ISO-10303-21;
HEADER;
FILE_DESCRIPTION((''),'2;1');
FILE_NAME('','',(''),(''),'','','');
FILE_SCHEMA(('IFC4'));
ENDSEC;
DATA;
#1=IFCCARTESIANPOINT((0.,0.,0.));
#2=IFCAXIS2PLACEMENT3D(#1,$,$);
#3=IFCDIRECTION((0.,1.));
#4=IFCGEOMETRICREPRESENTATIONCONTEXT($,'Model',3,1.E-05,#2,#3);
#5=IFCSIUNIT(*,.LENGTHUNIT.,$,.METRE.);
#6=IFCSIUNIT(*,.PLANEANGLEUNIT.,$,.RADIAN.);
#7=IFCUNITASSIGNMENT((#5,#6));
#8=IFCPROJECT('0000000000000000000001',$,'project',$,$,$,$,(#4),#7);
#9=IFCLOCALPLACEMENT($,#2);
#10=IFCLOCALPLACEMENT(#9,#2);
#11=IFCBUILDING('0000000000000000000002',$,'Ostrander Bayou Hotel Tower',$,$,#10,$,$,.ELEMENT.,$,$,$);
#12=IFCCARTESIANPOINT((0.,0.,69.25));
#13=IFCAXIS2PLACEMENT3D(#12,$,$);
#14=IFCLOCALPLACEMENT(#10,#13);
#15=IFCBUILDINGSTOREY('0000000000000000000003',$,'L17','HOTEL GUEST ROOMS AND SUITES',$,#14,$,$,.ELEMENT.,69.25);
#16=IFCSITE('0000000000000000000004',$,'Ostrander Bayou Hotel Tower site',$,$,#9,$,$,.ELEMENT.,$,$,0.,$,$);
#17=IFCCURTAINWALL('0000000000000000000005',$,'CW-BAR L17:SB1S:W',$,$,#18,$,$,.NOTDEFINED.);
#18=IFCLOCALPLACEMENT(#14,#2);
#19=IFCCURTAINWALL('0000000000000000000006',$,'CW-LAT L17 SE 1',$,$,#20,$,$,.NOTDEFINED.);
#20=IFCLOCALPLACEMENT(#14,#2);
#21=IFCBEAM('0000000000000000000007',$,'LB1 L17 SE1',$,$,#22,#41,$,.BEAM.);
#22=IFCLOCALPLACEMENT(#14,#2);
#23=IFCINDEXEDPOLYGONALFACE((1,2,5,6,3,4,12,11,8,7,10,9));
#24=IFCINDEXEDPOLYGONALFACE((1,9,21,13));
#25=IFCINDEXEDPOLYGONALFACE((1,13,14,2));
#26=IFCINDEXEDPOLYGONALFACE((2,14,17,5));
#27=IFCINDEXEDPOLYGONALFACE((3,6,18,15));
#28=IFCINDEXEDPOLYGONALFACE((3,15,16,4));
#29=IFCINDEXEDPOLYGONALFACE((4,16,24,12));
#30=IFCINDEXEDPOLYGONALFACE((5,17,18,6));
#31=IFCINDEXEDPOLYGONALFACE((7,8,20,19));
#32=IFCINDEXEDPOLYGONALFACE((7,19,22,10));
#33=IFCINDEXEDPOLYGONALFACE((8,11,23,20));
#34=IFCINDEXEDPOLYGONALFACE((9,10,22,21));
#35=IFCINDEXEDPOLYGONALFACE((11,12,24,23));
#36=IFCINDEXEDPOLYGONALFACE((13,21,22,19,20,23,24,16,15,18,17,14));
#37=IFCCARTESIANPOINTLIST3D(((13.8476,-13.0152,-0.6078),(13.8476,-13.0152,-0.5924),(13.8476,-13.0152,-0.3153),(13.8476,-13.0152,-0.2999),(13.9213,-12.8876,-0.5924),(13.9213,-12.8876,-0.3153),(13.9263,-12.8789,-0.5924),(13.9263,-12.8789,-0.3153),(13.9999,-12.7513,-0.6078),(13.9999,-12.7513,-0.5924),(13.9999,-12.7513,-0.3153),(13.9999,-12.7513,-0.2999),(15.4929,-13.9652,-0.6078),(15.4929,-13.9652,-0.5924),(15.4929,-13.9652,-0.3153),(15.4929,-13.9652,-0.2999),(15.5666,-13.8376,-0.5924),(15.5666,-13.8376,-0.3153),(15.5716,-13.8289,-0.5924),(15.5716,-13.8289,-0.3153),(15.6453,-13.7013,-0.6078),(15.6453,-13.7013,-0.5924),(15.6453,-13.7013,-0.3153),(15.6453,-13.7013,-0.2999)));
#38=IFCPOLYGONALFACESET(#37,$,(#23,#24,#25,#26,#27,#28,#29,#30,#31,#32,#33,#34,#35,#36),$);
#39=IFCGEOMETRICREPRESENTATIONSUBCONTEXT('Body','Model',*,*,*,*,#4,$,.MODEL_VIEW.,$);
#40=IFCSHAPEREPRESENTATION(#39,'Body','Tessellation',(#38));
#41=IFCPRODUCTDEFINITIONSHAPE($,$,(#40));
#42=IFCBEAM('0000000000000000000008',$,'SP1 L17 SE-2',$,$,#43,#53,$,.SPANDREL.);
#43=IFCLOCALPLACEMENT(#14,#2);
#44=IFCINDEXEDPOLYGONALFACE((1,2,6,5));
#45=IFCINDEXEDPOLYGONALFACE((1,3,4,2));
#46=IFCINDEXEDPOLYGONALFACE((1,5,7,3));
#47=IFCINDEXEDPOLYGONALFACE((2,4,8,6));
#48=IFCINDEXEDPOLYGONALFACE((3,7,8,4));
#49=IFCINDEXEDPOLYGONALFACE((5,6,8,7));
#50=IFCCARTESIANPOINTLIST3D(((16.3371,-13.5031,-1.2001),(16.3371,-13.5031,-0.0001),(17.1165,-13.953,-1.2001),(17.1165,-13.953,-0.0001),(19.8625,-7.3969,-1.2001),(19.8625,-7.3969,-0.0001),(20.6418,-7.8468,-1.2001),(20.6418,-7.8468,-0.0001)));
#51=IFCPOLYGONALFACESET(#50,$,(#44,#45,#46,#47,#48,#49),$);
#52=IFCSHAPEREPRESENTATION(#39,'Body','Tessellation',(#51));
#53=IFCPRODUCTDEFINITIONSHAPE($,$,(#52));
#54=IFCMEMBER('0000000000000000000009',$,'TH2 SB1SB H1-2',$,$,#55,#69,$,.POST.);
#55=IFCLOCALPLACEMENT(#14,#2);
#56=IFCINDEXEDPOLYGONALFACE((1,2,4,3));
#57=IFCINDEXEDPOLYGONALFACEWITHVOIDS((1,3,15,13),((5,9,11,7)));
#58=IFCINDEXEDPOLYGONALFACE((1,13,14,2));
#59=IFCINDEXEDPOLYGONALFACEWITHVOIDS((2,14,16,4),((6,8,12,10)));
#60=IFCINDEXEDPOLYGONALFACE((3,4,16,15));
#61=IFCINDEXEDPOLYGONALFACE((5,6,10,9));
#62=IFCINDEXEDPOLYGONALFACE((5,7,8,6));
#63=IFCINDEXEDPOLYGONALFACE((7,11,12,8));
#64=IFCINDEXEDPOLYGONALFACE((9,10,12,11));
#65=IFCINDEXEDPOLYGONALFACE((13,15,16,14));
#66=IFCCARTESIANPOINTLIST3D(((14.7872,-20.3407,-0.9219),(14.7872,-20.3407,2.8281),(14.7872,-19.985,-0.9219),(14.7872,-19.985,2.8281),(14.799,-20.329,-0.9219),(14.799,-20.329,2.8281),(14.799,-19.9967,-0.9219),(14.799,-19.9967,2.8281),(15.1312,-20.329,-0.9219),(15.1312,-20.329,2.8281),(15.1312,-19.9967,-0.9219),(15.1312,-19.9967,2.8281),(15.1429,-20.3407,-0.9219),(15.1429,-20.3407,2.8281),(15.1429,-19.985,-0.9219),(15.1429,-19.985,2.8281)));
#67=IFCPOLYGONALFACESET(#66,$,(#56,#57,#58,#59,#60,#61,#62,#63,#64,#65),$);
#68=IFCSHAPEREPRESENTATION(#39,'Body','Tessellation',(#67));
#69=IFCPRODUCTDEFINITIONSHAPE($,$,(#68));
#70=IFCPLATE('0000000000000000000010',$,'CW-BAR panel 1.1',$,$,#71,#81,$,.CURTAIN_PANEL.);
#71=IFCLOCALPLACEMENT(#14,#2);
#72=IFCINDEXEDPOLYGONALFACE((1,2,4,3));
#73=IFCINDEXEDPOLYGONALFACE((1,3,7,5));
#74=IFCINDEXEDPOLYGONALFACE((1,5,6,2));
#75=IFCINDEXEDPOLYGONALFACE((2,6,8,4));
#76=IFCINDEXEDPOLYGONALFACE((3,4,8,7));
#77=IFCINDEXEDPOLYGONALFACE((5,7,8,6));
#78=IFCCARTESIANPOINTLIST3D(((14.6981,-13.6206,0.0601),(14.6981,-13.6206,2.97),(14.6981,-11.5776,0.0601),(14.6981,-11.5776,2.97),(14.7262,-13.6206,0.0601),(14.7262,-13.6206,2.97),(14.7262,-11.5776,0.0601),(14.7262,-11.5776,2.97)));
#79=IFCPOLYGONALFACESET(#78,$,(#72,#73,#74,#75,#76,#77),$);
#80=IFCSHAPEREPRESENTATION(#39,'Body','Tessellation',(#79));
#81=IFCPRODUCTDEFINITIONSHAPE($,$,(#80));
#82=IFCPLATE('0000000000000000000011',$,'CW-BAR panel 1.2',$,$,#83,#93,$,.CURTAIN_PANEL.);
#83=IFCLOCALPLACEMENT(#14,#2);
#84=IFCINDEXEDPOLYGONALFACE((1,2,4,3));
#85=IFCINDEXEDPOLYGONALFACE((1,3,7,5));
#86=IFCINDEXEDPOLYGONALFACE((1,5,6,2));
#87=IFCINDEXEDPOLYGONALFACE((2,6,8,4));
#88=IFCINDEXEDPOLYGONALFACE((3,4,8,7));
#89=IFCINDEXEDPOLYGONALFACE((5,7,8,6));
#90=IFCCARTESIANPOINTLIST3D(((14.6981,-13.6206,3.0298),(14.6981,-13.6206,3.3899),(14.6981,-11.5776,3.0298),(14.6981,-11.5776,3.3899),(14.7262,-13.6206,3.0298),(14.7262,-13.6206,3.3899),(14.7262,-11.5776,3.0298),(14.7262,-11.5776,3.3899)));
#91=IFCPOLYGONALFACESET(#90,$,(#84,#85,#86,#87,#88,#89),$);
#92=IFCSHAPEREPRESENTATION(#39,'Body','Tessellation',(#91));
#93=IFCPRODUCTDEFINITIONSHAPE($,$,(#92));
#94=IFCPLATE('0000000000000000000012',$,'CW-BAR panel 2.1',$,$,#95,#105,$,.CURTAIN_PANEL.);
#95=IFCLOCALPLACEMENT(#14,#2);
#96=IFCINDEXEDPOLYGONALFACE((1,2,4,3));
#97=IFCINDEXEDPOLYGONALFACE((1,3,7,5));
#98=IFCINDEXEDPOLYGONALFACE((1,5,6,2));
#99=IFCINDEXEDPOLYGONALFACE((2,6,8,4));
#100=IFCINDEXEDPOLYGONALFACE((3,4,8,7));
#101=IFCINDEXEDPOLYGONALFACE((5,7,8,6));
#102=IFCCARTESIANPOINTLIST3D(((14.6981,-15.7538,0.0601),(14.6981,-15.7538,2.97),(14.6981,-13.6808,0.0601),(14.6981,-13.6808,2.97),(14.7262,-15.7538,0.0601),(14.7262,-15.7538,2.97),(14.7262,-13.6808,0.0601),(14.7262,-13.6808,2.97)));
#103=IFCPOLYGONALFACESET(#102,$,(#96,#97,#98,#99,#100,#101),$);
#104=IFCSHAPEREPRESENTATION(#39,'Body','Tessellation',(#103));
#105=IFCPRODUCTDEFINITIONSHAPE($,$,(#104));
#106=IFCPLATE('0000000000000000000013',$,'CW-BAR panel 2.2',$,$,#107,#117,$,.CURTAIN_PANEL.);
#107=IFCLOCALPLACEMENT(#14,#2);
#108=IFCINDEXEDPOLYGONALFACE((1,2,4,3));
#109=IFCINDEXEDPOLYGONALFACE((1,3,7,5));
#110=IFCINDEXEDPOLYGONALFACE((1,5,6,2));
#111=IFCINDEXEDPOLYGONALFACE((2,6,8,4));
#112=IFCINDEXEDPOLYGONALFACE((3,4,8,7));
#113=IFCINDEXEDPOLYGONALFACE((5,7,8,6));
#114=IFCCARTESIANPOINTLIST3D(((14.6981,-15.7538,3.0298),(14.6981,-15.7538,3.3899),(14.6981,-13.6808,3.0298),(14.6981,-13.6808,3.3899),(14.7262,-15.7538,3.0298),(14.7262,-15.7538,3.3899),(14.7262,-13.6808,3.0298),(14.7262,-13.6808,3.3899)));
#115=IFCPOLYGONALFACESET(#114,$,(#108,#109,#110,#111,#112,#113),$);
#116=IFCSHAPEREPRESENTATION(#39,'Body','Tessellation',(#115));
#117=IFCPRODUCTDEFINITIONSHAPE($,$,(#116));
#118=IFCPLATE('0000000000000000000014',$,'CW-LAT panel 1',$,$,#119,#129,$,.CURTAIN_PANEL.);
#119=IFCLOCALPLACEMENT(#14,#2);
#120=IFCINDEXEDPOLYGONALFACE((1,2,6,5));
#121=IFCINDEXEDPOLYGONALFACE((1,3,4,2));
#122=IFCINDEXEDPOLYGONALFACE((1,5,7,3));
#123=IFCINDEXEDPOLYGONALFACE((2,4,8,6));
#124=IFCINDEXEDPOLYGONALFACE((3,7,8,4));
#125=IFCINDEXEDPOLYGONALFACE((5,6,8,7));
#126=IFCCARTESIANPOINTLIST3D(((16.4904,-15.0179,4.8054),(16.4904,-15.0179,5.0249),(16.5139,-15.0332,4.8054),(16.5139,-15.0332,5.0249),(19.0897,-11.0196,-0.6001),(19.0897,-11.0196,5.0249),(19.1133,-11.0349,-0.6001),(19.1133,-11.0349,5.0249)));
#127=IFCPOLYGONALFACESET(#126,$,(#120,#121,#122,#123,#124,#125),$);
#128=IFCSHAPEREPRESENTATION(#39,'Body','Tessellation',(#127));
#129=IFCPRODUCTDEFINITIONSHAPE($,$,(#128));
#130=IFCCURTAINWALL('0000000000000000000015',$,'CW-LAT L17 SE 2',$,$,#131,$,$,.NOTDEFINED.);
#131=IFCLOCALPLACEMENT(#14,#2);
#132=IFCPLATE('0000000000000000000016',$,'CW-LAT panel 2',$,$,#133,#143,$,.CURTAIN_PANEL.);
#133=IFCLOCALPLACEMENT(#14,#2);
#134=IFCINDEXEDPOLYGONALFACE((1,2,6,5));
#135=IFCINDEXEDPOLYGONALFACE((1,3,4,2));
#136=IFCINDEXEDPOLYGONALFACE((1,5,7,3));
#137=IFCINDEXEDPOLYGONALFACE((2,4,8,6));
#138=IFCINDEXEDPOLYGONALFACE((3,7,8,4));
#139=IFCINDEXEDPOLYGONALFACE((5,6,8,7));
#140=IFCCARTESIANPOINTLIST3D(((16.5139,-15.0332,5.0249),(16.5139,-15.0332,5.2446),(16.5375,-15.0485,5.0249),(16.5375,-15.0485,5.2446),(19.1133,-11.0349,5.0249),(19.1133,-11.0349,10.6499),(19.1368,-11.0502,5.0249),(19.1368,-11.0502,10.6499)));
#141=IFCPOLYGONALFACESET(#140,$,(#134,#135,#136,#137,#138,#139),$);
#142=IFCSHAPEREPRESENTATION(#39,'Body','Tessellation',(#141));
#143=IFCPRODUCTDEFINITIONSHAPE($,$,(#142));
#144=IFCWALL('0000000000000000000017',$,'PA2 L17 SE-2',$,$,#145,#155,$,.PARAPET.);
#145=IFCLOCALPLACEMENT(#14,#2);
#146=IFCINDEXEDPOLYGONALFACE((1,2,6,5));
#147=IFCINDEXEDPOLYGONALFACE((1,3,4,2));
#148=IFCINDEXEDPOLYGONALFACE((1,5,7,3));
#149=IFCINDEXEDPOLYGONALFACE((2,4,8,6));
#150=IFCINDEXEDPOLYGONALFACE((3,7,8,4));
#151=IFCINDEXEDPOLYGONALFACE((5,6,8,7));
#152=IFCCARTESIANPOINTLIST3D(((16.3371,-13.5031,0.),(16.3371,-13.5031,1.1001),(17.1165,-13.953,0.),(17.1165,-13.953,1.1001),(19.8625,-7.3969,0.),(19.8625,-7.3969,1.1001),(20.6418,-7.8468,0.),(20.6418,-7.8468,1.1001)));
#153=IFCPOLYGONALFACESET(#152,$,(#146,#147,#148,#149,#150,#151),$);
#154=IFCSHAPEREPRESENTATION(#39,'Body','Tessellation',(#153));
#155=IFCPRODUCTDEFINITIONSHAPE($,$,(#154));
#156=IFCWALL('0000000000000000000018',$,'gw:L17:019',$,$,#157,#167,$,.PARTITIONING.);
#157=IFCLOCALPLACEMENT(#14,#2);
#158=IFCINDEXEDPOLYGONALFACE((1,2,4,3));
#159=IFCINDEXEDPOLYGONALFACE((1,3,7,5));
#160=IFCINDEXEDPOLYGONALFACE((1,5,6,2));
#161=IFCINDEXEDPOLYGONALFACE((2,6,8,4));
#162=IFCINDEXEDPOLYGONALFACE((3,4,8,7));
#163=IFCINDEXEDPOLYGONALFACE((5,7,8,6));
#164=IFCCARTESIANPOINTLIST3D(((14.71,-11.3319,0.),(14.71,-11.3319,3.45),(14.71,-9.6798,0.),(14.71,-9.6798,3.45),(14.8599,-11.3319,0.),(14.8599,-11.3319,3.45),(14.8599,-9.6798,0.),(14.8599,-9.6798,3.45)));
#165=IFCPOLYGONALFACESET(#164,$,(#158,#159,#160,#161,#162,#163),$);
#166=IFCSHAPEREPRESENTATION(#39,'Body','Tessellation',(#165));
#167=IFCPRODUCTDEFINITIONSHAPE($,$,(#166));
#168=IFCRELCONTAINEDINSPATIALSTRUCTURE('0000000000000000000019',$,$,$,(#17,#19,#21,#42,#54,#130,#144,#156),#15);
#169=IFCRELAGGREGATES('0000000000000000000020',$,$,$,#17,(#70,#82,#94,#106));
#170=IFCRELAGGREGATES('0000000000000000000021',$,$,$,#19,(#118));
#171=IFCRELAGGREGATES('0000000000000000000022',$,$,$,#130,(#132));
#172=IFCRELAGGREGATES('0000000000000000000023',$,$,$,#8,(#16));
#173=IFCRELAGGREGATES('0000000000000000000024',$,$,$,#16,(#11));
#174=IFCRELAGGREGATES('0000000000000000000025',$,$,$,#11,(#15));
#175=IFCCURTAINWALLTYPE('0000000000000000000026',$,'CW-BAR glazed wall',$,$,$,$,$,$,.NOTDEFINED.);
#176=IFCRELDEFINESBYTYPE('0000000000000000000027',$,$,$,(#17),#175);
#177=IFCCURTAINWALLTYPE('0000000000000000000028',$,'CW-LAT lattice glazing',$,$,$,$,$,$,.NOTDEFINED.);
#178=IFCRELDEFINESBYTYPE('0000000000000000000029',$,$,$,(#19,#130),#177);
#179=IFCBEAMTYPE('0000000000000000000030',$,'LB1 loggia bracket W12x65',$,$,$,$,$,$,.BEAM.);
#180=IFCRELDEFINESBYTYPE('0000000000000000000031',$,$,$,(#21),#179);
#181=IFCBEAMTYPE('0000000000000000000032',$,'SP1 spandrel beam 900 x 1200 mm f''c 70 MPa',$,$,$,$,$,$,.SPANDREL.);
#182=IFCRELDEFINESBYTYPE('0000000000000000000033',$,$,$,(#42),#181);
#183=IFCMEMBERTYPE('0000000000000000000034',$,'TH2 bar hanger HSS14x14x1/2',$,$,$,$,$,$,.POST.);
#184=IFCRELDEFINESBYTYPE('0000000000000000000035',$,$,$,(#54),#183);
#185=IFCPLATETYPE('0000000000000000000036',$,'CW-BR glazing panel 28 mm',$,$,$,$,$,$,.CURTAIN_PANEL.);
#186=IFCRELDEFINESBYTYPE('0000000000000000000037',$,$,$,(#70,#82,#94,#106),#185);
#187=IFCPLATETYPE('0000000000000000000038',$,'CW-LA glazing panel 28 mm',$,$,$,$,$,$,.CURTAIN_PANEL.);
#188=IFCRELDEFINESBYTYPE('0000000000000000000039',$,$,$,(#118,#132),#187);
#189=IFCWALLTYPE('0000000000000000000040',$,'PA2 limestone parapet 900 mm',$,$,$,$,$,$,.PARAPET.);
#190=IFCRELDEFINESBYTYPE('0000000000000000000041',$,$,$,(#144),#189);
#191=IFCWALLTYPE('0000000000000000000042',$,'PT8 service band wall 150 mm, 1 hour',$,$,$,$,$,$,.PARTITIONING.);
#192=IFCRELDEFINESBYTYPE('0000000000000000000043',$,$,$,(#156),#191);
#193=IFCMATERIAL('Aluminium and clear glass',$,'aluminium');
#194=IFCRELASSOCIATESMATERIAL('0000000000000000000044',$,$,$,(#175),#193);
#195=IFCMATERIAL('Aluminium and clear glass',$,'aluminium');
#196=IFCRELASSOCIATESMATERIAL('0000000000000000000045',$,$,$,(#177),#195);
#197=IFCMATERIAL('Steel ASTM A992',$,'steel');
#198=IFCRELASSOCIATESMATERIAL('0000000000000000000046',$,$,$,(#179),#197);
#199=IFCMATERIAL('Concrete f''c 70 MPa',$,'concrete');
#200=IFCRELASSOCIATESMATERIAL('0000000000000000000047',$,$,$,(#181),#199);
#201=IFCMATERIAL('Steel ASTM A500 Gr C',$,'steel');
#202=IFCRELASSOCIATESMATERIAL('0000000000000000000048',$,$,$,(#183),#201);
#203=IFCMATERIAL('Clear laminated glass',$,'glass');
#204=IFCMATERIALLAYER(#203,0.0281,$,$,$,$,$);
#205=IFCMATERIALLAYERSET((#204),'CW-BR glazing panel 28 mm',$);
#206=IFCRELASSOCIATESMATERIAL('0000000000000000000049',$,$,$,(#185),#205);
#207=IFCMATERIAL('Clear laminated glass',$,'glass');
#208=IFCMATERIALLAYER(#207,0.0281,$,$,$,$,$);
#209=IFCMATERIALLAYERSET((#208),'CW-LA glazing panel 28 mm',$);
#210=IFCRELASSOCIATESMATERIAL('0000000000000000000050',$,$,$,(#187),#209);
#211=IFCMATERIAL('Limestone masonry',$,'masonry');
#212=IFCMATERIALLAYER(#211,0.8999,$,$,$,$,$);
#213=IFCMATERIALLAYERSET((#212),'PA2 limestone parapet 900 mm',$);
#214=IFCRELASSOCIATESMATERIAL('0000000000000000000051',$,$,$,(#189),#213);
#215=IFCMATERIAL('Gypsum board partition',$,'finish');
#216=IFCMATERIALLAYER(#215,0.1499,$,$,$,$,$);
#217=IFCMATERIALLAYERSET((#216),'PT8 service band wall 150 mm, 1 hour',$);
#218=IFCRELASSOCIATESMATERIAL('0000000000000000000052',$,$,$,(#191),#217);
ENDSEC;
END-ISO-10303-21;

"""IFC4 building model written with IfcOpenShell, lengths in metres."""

from ifc_helpers import new_model, si_unit, direction, frame, frame_2d, origin, origin_2d, place, context, subcontext, project, spatial, polyline, rectangle, hollow_rectangle, i_section, outline, extrude, material, layer, layer_set, material_profile, profile_set, type_object, element, aggregate, save


model = new_model("IFC4")

# Units and contexts
model_context = context("Model", 3, precision=1e-05, world=origin(), true_north=direction((0.0, 1.0)))
body_context = subcontext(model_context, "Body", "Model", "MODEL_VIEW")
ifc_project = project(units=[si_unit("LENGTHUNIT", "METRE"), si_unit("PLANEANGLEUNIT", "RADIAN")], contexts=[model_context])

# Site, building, storey
site_placement = place(None, origin())
site = spatial("IfcSite", under=ifc_project, at=site_placement, Name="Ostrander Bayou Hotel Tower site", CompositionType="ELEMENT", RefElevation=0.0)
building_placement = place(site_placement, origin())
building = spatial("IfcBuilding", under=site, at=building_placement, Name="Ostrander Bayou Hotel Tower", CompositionType="ELEMENT")
storey_placement = place(building_placement, frame((0.0, 0.0, 69.25)))
storey = spatial("IfcBuildingStorey", under=building, at=storey_placement, Name="L17", Description="HOTEL GUEST ROOMS AND SUITES", CompositionType="ELEMENT", Elevation=69.25)

# Curtain wall
ifc_material_1 = material(Name="Aluminium and clear glass", Category="aluminium")
curtain_wall_type_1 = type_object("IfcCurtainWallType", Name="CW-BAR glazed wall", PredefinedType="NOTDEFINED", material=ifc_material_1)
curtain_wall_1_placement = place(storey_placement, origin())
curtain_wall_1 = element("IfcCurtainWall", 1, at=curtain_wall_1_placement, inside=storey, type_object=curtain_wall_type_1, Name="CW-BAR L17:SB1S:W", PredefinedType="NOTDEFINED")

# Curtain wall
ifc_material_2 = material(Name="Aluminium and clear glass", Category="aluminium")
curtain_wall_type_2 = type_object("IfcCurtainWallType", Name="CW-LAT lattice glazing", PredefinedType="NOTDEFINED", material=ifc_material_2)
curtain_wall_2_placement = place(storey_placement, origin())
curtain_wall_2 = element("IfcCurtainWall", 2, at=curtain_wall_2_placement, inside=storey, type_object=curtain_wall_type_2, Name="CW-LAT L17 SE 1", PredefinedType="NOTDEFINED")

# Beams
ifc_material_3 = material(Name="Steel ASTM A992", Category="steel")
ifc_material_profile_1 = material_profile(ifc_material_3, i_section(OverallWidth=0.3047, OverallDepth=0.3079, WebThickness=0.01, FlangeThickness=0.0154, at=origin_2d()))
ifc_profile_set_1 = profile_set([ifc_material_profile_1], Name="Steel ASTM A992")
beam_type_1 = type_object("IfcBeamType", Name="LB1 loggia bracket W12x65", PredefinedType="BEAM", material=ifc_profile_set_1)
beam_1_placement = place(storey_placement, frame((15.5691, -13.8333, -0.4539), z_axis=(-0.866012, 0.500023, 0.0), x_axis=(-0.500023, -0.866012, 0.0)))
element("IfcBeam", 3, at=beam_1_placement, inside=storey, type_object=beam_type_1, Name="LB1 L17 SE1", PredefinedType="BEAM", context=body_context, shape_type="SweptSolid", body=[
    extrude(i_section(OverallWidth=0.3047, OverallDepth=0.3079, WebThickness=0.01, FlangeThickness=0.0154, at=origin_2d()), origin(), (0.0, 0.0, 1.0), 1.8999),
])
ifc_material_4 = material(Name="Concrete f'c 70 MPa", Category="concrete")
ifc_material_profile_2 = material_profile(ifc_material_4, rectangle(XDim=0.8999, YDim=1.2, at=origin_2d()))
ifc_profile_set_2 = profile_set([ifc_material_profile_2], Name="Concrete f'c 70 MPa")
beam_type_2 = type_object("IfcBeamType", Name="SP1 spandrel beam 900 x 1200 mm f'c 70 MPa", PredefinedType="SPANDREL", material=ifc_profile_set_2)
beam_2_placement = place(storey_placement, frame((16.7268, -13.728, -0.6001), z_axis=(0.499997, 0.866027, 0.0), x_axis=(-0.866027, 0.499997, 0.0)))
element("IfcBeam", 4, at=beam_2_placement, inside=storey, type_object=beam_type_2, Name="SP1 L17 SE-2", PredefinedType="SPANDREL", context=body_context, shape_type="SweptSolid", body=[
    extrude(rectangle(XDim=0.8999, YDim=1.2, at=origin_2d()), origin(), (0.0, 0.0, 1.0), 7.0508),
])

# Member
ifc_material_5 = material(Name="Steel ASTM A500 Gr C", Category="steel")
ifc_material_profile_3 = material_profile(ifc_material_5, hollow_rectangle(XDim=0.3557, YDim=0.3557, WallThickness=0.0117, at=origin_2d()))
ifc_profile_set_3 = profile_set([ifc_material_profile_3], Name="Steel ASTM A500 Gr C")
member_type_1 = type_object("IfcMemberType", Name="TH2 bar hanger HSS14x14x1/2", PredefinedType="POST", material=ifc_profile_set_3)
member_1_placement = place(storey_placement, frame((14.9651, -20.1628, -0.9219), z_axis=(0.0, 0.0, 1.0), x_axis=(1.0, 0.0, 0.0)))
element("IfcMember", 5, at=member_1_placement, inside=storey, type_object=member_type_1, Name="TH2 SB1SB H1-2", PredefinedType="POST", context=body_context, shape_type="SweptSolid", body=[
    extrude(hollow_rectangle(XDim=0.3557, YDim=0.3557, WallThickness=0.0117, at=origin_2d()), origin(), (0.0, 0.0, 1.0), 3.75),
])

# Plates
ifc_material_6 = material(Name="Clear laminated glass", Category="glass")
ifc_layer_1 = layer(ifc_material_6, 0.0281)
ifc_layer_set_1 = layer_set([ifc_layer_1], Name="CW-BR glazing panel 28 mm")
plate_type_1 = type_object("IfcPlateType", Name="CW-BR glazing panel 28 mm", PredefinedType="CURTAIN_PANEL", material=ifc_layer_set_1)
plate_1_placement = place(storey_placement, frame((14.7122, -12.5991, 0.0601), z_axis=(0.0, 0.0, 1.0), x_axis=(0.0, -1.0, 0.0)))
plate_1 = element("IfcPlate", 6, at=plate_1_placement, type_object=plate_type_1, Name="CW-BAR panel 1.1", PredefinedType="CURTAIN_PANEL", context=body_context, shape_type="SweptSolid", body=[
    extrude(rectangle(XDim=2.043, YDim=0.0281, at=origin_2d()), origin(), (0.0, 0.0, 1.0), 2.9099),
])
plate_2_placement = place(storey_placement, frame((14.7122, -12.5991, 3.0298), z_axis=(0.0, 0.0, 1.0), x_axis=(0.0, -1.0, 0.0)))
plate_2 = element("IfcPlate", 7, at=plate_2_placement, type_object=plate_type_1, Name="CW-BAR panel 1.2", PredefinedType="CURTAIN_PANEL", context=body_context, shape_type="SweptSolid", body=[
    extrude(rectangle(XDim=2.043, YDim=0.0281, at=origin_2d()), origin(), (0.0, 0.0, 1.0), 0.3601),
])
plate_3_placement = place(storey_placement, frame((14.7122, -14.7173, 0.0601), z_axis=(0.0, 0.0, 1.0), x_axis=(0.0, -1.0, 0.0)))
plate_3 = element("IfcPlate", 8, at=plate_3_placement, type_object=plate_type_1, Name="CW-BAR panel 2.1", PredefinedType="CURTAIN_PANEL", context=body_context, shape_type="SweptSolid", body=[
    extrude(rectangle(XDim=2.073, YDim=0.0281, at=origin_2d()), origin(), (0.0, 0.0, 1.0), 2.9099),
])
plate_4_placement = place(storey_placement, frame((14.7122, -14.7173, 3.0298), z_axis=(0.0, 0.0, 1.0), x_axis=(0.0, -1.0, 0.0)))
plate_4 = element("IfcPlate", 9, at=plate_4_placement, type_object=plate_type_1, Name="CW-BAR panel 2.2", PredefinedType="CURTAIN_PANEL", context=body_context, shape_type="SweptSolid", body=[
    extrude(rectangle(XDim=2.073, YDim=0.0281, at=origin_2d()), origin(), (0.0, 0.0, 1.0), 0.3601),
])
aggregate(curtain_wall_1, [plate_1, plate_2, plate_3, plate_4])
ifc_material_7 = material(Name="Clear laminated glass", Category="glass")
ifc_layer_2 = layer(ifc_material_7, 0.0281)
ifc_layer_set_2 = layer_set([ifc_layer_2], Name="CW-LA glazing panel 28 mm")
plate_type_2 = type_object("IfcPlateType", Name="CW-LA glazing panel 28 mm", PredefinedType="CURTAIN_PANEL", material=ifc_layer_set_2)
plate_5_placement = place(storey_placement, frame((16.5139, -15.0332, 4.8054), z_axis=(0.838398, -0.545059, 0.0), x_axis=(0.360597, 0.554662, -0.74988)))
plate_5 = element("IfcPlate", 10, at=plate_5_placement, type_object=plate_type_2, Name="CW-LAT panel 1", PredefinedType="CURTAIN_PANEL", context=body_context, shape_type="SweptSolid", body=[
    extrude(outline(polyline([(0.0, 0.0), (7.2085, 0.0), (2.9904, 3.7214), (-0.1646, 0.1452), (0.0, 0.0)])), origin(), (0.0, 0.0, -1.0), 0.0281),
])
aggregate(curtain_wall_2, [plate_5])

# Curtain wall, plate
curtain_wall_3_placement = place(storey_placement, origin())
curtain_wall_3 = element("IfcCurtainWall", 11, at=curtain_wall_3_placement, inside=storey, type_object=curtain_wall_type_2, Name="CW-LAT L17 SE 2", PredefinedType="NOTDEFINED")
plate_6_placement = place(storey_placement, frame((16.5139, -15.0332, 5.2446), z_axis=(-0.838398, 0.545059, 0.0), x_axis=(0.360606, 0.554677, 0.749865)))
plate_6 = element("IfcPlate", 12, at=plate_6_placement, type_object=plate_type_2, Name="CW-LAT panel 2", PredefinedType="CURTAIN_PANEL", context=body_context, shape_type="SweptSolid", body=[
    extrude(outline(polyline([(0.0, 0.0), (7.2083, 0.0), (2.9903, 3.7214), (-0.1648, 0.1454), (0.0, 0.0)])), origin(), (0.0, 0.0, -1.0), 0.0281),
])
aggregate(curtain_wall_3, [plate_6])

# Walls
ifc_material_8 = material(Name="Limestone masonry", Category="masonry")
ifc_layer_3 = layer(ifc_material_8, 0.8999)
ifc_layer_set_3 = layer_set([ifc_layer_3], Name="PA2 limestone parapet 900 mm")
wall_type_1 = type_object("IfcWallType", Name="PA2 limestone parapet 900 mm", PredefinedType="PARAPET", material=ifc_layer_set_3)
wall_1_placement = place(storey_placement, frame((16.7268, -13.728, 0.0), z_axis=(0.0, 0.0, 1.0), x_axis=(0.499997, 0.866027, 0.0)))
element("IfcWall", 13, at=wall_1_placement, inside=storey, type_object=wall_type_1, Name="PA2 L17 SE-2", PredefinedType="PARAPET", context=body_context, shape_type="SweptSolid", body=[
    extrude(rectangle(XDim=7.0508, YDim=0.8999, at=frame_2d((3.5254, 0.0))), origin(), (0.0, 0.0, 1.0), 1.1001),
])
ifc_material_9 = material(Name="Gypsum board partition", Category="finish")
ifc_layer_4 = layer(ifc_material_9, 0.1499)
ifc_layer_set_4 = layer_set([ifc_layer_4], Name="PT8 service band wall 150 mm, 1 hour")
wall_type_2 = type_object("IfcWallType", Name="PT8 service band wall 150 mm, 1 hour", PredefinedType="PARTITIONING", material=ifc_layer_set_4)
wall_2_placement = place(storey_placement, frame((14.7849, -11.332, 0.0), z_axis=(0.0, 0.0, 1.0), x_axis=(0.0, 1.0, 0.0)))
element("IfcWall", 14, at=wall_2_placement, inside=storey, type_object=wall_type_2, Name="gw:L17:019", PredefinedType="PARTITIONING", context=body_context, shape_type="SweptSolid", body=[
    extrude(rectangle(XDim=1.6521, YDim=0.1499, at=frame_2d((0.8262, 0.0))), origin(), (0.0, 0.0, 1.0), 3.45),
])

save(model, "model.ifc")
